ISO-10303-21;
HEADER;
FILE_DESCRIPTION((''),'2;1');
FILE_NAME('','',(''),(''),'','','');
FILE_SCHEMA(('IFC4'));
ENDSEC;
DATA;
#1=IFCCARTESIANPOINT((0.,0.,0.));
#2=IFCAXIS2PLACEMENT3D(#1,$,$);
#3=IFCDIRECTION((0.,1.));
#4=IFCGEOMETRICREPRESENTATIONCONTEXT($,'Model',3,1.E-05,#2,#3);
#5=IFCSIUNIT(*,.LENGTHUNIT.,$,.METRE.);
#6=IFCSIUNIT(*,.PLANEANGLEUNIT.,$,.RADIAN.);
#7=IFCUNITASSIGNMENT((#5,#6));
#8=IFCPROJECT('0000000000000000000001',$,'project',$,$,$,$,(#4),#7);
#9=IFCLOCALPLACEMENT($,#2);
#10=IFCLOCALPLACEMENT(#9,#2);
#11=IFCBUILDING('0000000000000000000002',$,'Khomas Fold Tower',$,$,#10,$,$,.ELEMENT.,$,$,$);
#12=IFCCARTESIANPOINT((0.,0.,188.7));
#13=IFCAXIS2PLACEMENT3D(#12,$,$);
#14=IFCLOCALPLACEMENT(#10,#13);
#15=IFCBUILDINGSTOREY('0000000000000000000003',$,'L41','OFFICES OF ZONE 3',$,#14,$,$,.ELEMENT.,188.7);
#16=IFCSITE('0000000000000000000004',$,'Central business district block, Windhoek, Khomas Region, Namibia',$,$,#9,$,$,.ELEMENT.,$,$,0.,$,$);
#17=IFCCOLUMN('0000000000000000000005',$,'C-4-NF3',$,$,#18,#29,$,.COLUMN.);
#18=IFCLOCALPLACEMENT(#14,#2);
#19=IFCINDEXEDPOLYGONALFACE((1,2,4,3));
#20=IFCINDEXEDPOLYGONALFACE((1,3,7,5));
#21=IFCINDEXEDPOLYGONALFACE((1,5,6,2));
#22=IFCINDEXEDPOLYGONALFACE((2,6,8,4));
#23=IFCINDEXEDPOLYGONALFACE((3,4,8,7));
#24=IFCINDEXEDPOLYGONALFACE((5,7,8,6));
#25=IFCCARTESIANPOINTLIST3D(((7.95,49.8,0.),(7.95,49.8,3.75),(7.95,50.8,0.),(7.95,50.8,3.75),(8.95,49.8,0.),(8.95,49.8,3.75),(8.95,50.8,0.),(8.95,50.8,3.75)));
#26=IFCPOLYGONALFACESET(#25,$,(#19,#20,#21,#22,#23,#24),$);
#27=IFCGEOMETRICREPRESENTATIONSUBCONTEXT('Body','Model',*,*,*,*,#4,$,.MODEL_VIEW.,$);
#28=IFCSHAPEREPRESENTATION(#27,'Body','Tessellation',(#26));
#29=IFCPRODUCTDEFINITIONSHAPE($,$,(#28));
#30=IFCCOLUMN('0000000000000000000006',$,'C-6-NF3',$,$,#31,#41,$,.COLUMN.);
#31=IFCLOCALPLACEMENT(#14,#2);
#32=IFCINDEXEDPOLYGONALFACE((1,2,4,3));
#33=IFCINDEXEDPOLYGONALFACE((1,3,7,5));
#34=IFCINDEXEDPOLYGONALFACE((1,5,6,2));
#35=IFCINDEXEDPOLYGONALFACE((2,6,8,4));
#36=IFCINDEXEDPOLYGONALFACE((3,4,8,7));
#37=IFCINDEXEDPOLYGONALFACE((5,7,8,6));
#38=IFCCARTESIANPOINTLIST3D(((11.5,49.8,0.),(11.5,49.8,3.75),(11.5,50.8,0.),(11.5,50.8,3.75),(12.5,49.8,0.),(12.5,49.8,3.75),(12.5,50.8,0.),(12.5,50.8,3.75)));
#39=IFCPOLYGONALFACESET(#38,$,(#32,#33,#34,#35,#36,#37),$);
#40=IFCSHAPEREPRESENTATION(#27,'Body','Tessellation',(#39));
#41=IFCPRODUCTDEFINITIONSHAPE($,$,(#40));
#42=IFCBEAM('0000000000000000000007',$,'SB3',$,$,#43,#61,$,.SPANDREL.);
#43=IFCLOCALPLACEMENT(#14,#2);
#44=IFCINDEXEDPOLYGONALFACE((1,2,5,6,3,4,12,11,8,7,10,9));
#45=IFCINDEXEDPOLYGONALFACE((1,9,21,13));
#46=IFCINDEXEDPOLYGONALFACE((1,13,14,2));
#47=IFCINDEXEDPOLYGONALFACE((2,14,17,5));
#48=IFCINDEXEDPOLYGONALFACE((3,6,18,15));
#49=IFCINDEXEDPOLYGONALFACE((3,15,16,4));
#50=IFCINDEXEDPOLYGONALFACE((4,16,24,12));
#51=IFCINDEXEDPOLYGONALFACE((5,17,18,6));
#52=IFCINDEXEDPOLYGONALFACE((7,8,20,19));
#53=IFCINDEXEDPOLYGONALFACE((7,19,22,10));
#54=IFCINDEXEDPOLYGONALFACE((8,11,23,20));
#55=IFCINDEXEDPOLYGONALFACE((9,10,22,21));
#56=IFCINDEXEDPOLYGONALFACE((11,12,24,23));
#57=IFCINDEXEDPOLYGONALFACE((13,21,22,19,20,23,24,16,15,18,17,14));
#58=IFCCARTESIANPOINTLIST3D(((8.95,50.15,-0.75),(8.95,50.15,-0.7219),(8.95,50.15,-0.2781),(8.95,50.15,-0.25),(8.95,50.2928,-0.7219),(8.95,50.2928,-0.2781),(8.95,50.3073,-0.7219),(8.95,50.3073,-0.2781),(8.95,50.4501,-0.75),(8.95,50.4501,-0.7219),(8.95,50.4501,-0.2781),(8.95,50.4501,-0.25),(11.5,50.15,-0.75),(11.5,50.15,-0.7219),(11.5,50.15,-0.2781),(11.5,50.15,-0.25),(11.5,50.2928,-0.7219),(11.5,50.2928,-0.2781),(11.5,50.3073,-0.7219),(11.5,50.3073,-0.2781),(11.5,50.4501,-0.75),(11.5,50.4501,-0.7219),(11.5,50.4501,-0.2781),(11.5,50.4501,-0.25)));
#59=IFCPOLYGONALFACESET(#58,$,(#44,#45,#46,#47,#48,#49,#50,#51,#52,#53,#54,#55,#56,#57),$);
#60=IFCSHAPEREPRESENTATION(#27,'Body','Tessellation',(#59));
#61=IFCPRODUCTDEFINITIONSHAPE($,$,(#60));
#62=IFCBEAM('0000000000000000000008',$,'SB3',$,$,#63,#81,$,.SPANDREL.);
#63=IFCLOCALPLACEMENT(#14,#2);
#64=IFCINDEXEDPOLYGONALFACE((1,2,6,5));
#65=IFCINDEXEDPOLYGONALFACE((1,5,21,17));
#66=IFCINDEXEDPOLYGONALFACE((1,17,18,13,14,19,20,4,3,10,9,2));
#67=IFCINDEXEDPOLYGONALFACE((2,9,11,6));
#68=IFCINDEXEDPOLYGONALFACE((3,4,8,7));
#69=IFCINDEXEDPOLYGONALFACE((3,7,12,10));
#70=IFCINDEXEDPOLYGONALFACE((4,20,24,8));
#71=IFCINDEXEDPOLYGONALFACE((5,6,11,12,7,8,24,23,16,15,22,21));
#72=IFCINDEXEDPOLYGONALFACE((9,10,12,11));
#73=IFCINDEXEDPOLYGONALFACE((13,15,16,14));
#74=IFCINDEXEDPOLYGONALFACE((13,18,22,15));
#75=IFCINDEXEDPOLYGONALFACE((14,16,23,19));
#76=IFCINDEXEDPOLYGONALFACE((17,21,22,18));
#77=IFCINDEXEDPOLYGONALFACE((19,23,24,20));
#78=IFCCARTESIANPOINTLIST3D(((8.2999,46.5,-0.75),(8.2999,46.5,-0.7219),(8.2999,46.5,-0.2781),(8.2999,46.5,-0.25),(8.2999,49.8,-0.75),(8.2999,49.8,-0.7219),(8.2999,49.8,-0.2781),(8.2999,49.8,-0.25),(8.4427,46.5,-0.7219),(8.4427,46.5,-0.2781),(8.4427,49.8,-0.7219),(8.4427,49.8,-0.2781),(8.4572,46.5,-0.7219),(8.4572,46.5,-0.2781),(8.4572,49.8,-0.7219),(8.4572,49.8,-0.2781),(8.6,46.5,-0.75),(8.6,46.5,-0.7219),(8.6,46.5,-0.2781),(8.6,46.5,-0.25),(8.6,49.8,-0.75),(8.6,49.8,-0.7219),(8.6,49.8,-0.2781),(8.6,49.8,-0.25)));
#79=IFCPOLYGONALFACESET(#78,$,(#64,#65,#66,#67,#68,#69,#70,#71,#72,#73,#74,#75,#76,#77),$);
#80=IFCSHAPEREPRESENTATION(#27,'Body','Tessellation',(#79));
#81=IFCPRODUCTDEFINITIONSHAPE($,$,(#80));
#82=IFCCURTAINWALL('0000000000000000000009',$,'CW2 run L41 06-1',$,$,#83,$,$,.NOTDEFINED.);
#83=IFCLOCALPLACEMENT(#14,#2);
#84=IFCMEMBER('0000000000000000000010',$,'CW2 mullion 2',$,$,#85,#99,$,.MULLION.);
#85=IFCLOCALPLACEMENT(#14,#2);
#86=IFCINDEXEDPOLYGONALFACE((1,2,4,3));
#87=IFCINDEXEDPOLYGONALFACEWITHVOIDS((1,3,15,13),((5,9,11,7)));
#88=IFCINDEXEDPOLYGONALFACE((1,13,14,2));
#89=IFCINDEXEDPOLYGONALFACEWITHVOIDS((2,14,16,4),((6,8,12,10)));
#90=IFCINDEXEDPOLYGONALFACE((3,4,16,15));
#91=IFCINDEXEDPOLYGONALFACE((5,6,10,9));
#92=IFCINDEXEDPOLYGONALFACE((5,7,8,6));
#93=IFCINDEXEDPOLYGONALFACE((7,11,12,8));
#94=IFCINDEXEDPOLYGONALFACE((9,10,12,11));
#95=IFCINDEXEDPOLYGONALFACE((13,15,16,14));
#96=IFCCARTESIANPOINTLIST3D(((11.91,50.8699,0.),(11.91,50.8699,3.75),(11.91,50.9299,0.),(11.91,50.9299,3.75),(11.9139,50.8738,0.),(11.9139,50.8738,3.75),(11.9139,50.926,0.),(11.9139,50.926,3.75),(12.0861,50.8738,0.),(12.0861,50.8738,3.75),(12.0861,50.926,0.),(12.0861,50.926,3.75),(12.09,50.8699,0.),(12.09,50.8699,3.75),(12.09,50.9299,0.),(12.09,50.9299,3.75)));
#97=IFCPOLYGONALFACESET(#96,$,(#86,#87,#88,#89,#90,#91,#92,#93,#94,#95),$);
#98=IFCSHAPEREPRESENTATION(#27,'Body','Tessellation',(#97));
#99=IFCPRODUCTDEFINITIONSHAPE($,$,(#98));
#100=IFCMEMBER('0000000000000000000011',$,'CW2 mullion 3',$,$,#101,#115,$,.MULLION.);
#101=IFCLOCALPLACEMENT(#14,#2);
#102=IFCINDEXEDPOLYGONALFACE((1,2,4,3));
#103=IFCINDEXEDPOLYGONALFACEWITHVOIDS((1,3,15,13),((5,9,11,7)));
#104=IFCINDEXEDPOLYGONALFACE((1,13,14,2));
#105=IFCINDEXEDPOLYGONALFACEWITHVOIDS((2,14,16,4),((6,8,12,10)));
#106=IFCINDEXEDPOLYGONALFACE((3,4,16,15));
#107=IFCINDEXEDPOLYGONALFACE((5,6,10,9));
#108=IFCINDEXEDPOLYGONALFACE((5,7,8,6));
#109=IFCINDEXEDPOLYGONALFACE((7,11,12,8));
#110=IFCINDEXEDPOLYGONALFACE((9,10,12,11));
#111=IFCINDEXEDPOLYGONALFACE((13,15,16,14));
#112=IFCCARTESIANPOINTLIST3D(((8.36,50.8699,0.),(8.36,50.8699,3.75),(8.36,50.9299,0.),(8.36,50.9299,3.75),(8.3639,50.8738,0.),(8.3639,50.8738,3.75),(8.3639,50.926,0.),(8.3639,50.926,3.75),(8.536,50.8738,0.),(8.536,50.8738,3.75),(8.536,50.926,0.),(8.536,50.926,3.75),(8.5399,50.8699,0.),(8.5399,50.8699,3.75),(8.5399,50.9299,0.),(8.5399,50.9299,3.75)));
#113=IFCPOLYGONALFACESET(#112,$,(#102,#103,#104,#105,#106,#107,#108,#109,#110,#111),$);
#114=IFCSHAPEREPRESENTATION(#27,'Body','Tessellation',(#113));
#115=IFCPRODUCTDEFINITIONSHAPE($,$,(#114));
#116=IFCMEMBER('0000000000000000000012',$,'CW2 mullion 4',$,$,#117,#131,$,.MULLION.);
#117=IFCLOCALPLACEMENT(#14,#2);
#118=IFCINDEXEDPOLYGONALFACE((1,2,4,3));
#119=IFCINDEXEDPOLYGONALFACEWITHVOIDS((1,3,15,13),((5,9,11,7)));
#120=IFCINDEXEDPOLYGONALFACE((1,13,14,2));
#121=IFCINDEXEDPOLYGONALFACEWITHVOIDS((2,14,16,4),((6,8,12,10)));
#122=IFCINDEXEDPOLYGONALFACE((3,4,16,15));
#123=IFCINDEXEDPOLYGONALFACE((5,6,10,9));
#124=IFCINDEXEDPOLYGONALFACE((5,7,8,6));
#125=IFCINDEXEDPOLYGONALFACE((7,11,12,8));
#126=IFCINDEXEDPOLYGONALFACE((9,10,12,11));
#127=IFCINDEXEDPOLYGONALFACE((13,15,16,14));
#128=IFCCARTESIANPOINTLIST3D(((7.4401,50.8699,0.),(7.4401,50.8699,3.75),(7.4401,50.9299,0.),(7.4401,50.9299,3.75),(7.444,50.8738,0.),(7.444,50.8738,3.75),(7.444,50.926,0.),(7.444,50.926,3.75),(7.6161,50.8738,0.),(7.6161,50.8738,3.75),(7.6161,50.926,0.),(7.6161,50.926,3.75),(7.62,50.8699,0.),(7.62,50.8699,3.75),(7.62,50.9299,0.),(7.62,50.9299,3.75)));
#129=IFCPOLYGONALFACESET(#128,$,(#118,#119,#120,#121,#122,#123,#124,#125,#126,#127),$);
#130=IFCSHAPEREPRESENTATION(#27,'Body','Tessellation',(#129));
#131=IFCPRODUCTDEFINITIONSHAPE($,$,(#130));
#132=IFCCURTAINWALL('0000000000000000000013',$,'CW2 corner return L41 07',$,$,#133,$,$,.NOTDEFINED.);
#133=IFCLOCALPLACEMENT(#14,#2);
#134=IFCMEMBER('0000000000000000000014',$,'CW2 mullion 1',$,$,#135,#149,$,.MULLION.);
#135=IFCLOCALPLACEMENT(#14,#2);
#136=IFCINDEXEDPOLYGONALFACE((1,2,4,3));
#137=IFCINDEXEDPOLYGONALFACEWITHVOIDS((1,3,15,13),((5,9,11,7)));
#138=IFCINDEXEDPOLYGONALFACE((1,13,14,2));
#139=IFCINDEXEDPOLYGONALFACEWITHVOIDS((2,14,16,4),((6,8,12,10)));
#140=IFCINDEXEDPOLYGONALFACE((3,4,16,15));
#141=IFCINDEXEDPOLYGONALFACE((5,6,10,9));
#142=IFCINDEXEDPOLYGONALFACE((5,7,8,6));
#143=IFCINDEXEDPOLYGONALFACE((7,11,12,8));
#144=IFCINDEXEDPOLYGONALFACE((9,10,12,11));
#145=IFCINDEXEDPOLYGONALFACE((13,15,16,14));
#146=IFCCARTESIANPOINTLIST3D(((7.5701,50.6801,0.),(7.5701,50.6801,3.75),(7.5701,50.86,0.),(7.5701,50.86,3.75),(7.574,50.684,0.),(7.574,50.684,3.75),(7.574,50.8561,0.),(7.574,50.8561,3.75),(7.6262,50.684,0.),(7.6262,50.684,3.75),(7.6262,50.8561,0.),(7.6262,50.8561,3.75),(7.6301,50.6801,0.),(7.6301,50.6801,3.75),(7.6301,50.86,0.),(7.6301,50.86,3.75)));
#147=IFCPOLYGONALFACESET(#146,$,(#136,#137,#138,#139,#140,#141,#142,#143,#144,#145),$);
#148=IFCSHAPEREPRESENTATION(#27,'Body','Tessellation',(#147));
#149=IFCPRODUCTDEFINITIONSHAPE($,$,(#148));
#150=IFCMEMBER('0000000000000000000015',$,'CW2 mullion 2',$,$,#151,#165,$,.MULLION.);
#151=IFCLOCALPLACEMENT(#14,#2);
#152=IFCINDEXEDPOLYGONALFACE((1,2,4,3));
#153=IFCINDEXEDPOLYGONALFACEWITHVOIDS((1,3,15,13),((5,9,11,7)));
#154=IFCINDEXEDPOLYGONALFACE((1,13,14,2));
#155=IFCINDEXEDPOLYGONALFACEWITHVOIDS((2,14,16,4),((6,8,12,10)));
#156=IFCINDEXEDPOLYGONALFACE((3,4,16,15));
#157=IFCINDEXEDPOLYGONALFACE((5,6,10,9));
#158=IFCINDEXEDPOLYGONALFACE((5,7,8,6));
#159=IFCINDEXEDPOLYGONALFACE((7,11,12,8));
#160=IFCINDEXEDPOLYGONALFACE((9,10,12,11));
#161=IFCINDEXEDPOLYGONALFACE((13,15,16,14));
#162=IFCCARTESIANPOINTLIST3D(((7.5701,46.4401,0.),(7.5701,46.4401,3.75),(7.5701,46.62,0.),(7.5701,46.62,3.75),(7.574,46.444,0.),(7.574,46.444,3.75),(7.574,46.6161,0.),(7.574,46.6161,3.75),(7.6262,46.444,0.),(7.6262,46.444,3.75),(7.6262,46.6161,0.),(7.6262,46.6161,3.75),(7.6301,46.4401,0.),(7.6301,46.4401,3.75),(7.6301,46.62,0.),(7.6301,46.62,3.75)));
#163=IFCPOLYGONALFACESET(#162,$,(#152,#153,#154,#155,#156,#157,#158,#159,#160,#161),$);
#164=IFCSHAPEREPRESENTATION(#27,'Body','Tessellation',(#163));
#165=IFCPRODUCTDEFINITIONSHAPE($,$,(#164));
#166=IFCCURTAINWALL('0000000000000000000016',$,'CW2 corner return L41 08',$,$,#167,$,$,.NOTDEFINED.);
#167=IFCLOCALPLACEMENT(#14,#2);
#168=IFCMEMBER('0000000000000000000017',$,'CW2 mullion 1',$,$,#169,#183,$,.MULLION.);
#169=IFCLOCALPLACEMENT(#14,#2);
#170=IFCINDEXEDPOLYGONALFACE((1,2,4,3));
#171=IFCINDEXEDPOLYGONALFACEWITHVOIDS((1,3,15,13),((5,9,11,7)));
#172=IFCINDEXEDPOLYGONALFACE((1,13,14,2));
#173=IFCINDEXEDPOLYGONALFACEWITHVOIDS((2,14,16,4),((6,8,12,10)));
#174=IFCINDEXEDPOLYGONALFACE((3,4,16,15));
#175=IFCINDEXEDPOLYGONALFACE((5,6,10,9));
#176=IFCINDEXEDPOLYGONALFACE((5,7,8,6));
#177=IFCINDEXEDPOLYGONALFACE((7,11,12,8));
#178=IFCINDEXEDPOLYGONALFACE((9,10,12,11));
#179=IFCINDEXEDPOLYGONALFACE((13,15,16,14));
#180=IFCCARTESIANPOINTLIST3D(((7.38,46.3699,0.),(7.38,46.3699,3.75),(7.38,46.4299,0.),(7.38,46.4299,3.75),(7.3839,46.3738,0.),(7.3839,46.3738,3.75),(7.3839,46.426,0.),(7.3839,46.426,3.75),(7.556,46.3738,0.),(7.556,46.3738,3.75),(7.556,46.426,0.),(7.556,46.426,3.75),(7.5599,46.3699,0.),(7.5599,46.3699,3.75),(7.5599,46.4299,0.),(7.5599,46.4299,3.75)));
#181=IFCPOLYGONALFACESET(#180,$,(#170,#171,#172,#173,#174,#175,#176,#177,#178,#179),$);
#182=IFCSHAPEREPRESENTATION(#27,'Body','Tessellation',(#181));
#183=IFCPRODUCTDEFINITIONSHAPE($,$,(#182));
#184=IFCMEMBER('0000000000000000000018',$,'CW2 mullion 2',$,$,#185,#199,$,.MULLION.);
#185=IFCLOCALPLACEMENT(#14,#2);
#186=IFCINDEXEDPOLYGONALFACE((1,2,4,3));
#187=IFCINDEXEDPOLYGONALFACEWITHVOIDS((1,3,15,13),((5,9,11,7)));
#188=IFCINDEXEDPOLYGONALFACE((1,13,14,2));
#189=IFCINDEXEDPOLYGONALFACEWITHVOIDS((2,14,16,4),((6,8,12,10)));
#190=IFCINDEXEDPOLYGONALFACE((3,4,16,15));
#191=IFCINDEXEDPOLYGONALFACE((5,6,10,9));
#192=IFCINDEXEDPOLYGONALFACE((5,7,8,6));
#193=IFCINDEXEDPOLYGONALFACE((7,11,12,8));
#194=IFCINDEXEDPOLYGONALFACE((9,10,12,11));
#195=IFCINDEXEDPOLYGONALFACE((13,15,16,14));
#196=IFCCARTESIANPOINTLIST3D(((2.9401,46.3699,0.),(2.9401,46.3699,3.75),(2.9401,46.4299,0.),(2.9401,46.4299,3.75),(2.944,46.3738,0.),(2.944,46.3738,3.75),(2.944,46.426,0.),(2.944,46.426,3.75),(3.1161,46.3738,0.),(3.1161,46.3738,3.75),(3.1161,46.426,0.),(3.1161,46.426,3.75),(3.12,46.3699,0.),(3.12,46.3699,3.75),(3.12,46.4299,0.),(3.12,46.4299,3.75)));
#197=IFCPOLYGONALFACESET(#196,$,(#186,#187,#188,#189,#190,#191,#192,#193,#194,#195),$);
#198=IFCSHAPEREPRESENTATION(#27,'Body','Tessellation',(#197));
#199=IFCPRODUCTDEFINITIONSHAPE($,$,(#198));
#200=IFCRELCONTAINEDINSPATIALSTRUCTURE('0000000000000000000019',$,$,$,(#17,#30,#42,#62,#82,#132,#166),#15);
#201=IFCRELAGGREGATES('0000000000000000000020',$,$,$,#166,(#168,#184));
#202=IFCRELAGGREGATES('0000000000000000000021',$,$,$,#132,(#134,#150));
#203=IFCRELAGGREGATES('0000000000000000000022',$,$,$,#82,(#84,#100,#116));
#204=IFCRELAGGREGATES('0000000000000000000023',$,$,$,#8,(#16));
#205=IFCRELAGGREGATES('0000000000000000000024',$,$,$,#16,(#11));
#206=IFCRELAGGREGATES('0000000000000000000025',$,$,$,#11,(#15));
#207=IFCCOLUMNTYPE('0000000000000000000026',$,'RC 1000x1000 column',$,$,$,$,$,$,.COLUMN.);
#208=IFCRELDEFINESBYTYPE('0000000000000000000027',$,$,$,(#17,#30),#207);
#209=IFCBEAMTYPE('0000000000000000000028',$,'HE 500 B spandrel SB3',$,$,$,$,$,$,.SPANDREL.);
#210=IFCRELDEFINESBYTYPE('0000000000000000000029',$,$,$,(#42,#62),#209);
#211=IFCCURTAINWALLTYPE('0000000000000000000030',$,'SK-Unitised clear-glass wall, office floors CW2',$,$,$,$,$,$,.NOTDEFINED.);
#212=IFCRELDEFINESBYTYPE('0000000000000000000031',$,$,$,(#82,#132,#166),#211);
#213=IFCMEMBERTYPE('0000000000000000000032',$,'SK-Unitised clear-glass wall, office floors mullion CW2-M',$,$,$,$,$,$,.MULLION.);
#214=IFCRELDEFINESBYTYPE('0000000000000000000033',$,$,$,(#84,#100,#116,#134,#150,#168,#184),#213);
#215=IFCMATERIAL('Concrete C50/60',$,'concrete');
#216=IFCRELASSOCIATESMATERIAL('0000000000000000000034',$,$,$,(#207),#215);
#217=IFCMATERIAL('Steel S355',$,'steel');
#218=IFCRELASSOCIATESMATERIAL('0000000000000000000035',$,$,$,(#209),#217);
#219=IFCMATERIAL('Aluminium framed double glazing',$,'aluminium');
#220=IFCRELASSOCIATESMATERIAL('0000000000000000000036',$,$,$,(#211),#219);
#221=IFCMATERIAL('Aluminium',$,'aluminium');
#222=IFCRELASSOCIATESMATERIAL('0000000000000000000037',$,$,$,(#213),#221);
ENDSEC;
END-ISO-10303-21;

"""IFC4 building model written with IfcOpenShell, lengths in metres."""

from ifc_helpers import new_model, si_unit, direction, frame, origin, origin_2d, place, context, subcontext, project, spatial, rectangle, hollow_rectangle, i_section, extrude, source, transform, mapped, material, material_profile, profile_set, type_object, element, aggregate, save


model = new_model("IFC4")

# Units and contexts
model_context = context("Model", 3, precision=1e-05, world=origin(), true_north=direction((0.0, 1.0)))
body_context = subcontext(model_context, "Body", "Model", "MODEL_VIEW")
ifc_project = project(units=[si_unit("LENGTHUNIT", "METRE"), si_unit("PLANEANGLEUNIT", "RADIAN")], contexts=[model_context])

# Site, building, storey
site_placement = place(None, origin())
site = spatial("IfcSite", under=ifc_project, at=site_placement, Name="Central business district block, Windhoek, Khomas Region, Namibia", CompositionType="ELEMENT", RefElevation=0.0)
building_placement = place(site_placement, origin())
building = spatial("IfcBuilding", under=site, at=building_placement, Name="Khomas Fold Tower", CompositionType="ELEMENT")
storey_placement = place(building_placement, frame((0.0, 0.0, 188.7)))
storey = spatial("IfcBuildingStorey", under=building, at=storey_placement, Name="L41", Description="OFFICES OF ZONE 3", CompositionType="ELEMENT", Elevation=188.7)

# Columns
ifc_material_1 = material(Name="Concrete C50/60", Category="concrete")
ifc_material_profile_1 = material_profile(ifc_material_1, rectangle(XDim=1.0, YDim=1.0, at=origin_2d()), Name="RC 1000x1000")
ifc_profile_set_1 = profile_set([ifc_material_profile_1], Name="Concrete C50/60")
column_type = type_object("IfcColumnType", Name="RC 1000x1000 column", PredefinedType="COLUMN", material=ifc_profile_set_1)
shared_shape_1 = source(origin(), body_context, "Body", "SweptSolid", [
    extrude(rectangle(XDim=1.0, YDim=1.0, at=origin_2d()), origin(), (0.0, 0.0, 1.0), 3.75),
])
for number, where, z_axis, x_axis, name in (
    (1, (8.45, 50.3, 0.0), (0.0, 0.0, 1.0), (1.0, 0.0, 0.0), "C-4-NF3"),
    (2, (12.0, 50.3, 0.0), (0.0, 0.0, 1.0), (1.0, 0.0, 0.0), "C-6-NF3"),
):
    element("IfcColumn", number, at=place(storey_placement, frame(where, z_axis=z_axis, x_axis=x_axis)), inside=storey, type_object=column_type, Name=name, PredefinedType="COLUMN", context=body_context, shape_type="MappedRepresentation", body=[
        mapped(shared_shape_1, transform((0.0, 0.0, 0.0))),
    ])

# Beams
ifc_material_2 = material(Name="Steel S355", Category="steel")
ifc_material_profile_2 = material_profile(ifc_material_2, i_section(OverallWidth=0.3, OverallDepth=0.5, WebThickness=0.0144, FlangeThickness=0.0281, at=origin_2d()), Name="HE 500 B")
ifc_profile_set_2 = profile_set([ifc_material_profile_2], Name="Steel S355")
beam_type = type_object("IfcBeamType", Name="HE 500 B spandrel SB3", PredefinedType="SPANDREL", material=ifc_profile_set_2)
shared_shape_2 = source(origin(), body_context, "Body", "SweptSolid", [
    extrude(i_section(OverallWidth=0.3, OverallDepth=0.5, WebThickness=0.0144, FlangeThickness=0.0281, at=origin_2d()), origin(), (0.0, 0.0, 1.0), 2.55),
])
beam_1_placement = place(storey_placement, frame((8.95, 50.3, -0.5), z_axis=(1.0, 0.0, 0.0), x_axis=(0.0, 1.0, 0.0)))
element("IfcBeam", 3, at=beam_1_placement, inside=storey, type_object=beam_type, Name="SB3", PredefinedType="SPANDREL", context=body_context, shape_type="MappedRepresentation", body=[
    mapped(shared_shape_2, transform((0.0, 0.0, 0.0))),
])
shared_shape_3 = source(origin(), body_context, "Body", "SweptSolid", [
    extrude(i_section(OverallWidth=0.3, OverallDepth=0.5, WebThickness=0.0144, FlangeThickness=0.0281, at=origin_2d()), origin(), (0.0, 0.0, 1.0), 3.3),
])
beam_2_placement = place(storey_placement, frame((8.45, 46.5, -0.5), z_axis=(0.0, 1.0, 0.0), x_axis=(-1.0, 0.0, 0.0)))
element("IfcBeam", 4, at=beam_2_placement, inside=storey, type_object=beam_type, Name="SB3", PredefinedType="SPANDREL", context=body_context, shape_type="MappedRepresentation", body=[
    mapped(shared_shape_3, transform((0.0, 0.0, 0.0))),
])

# Curtain walls, members
ifc_material_3 = material(Name="Aluminium framed double glazing", Category="aluminium")
curtain_wall_type = type_object("IfcCurtainWallType", Name="SK-Unitised clear-glass wall, office floors CW2", PredefinedType="NOTDEFINED", material=ifc_material_3)
curtain_wall_1_placement = place(storey_placement, origin())
curtain_wall_1 = element("IfcCurtainWall", 5, at=curtain_wall_1_placement, inside=storey, type_object=curtain_wall_type, Name="CW2 run L41 06-1", PredefinedType="NOTDEFINED")
ifc_material_4 = material(Name="Aluminium", Category="aluminium")
ifc_material_profile_3 = material_profile(ifc_material_4, hollow_rectangle(XDim=0.0601, YDim=0.1799, WallThickness=0.0039, at=origin_2d()), Name="SK-Unitised clear-glass wall, office floors mullion CW2-M")
ifc_profile_set_3 = profile_set([ifc_material_profile_3], Name="Aluminium")
member_type_1 = type_object("IfcMemberType", Name="SK-Unitised clear-glass wall, office floors mullion CW2-M", PredefinedType="MULLION", material=ifc_profile_set_3)
shared_shape_4 = source(origin(), body_context, "Body", "SweptSolid", [
    extrude(hollow_rectangle(XDim=0.0601, YDim=0.1799, WallThickness=0.0039, at=origin_2d()), origin(), (0.0, 0.0, 1.0), 3.75),
])
member_1_placement = place(storey_placement, frame((12.0, 50.8999, 0.0), z_axis=(0.0, 0.0, 1.0), x_axis=(0.0, -1.0, 0.0)))
member_1 = element("IfcMember", 6, at=member_1_placement, type_object=member_type_1, Name="CW2 mullion 2", PredefinedType="MULLION", context=body_context, shape_type="MappedRepresentation", body=[
    mapped(shared_shape_4, transform((0.0, 0.0, 0.0))),
])
member_2_placement = place(storey_placement, frame((8.45, 50.8999, 0.0), z_axis=(0.0, 0.0, 1.0), x_axis=(0.0, -1.0, 0.0)))
member_2 = element("IfcMember", 7, at=member_2_placement, type_object=member_type_1, Name="CW2 mullion 3", PredefinedType="MULLION", context=body_context, shape_type="MappedRepresentation", body=[
    mapped(shared_shape_4, transform((0.0, 0.0, 0.0))),
])
member_3_placement = place(storey_placement, frame((7.53, 50.8999, 0.0), z_axis=(0.0, 0.0, 1.0), x_axis=(0.0, -1.0, 0.0)))
member_3 = element("IfcMember", 8, at=member_3_placement, type_object=member_type_1, Name="CW2 mullion 4", PredefinedType="MULLION", context=body_context, shape_type="MappedRepresentation", body=[
    mapped(shared_shape_4, transform((0.0, 0.0, 0.0))),
])
curtain_wall_2_placement = place(storey_placement, origin())
curtain_wall_2 = element("IfcCurtainWall", 9, at=curtain_wall_2_placement, inside=storey, type_object=curtain_wall_type, Name="CW2 corner return L41 07", PredefinedType="NOTDEFINED")
member_4_placement = place(storey_placement, frame((7.6001, 50.77, 0.0), z_axis=(0.0, 0.0, 1.0), x_axis=(1.0, 0.0, 0.0)))
member_4 = element("IfcMember", 10, at=member_4_placement, type_object=member_type_1, Name="CW2 mullion 1", PredefinedType="MULLION", context=body_context, shape_type="MappedRepresentation", body=[
    mapped(shared_shape_4, transform((0.0, 0.0, 0.0))),
])
member_5_placement = place(storey_placement, frame((7.6001, 46.53, 0.0), z_axis=(0.0, 0.0, 1.0), x_axis=(1.0, 0.0, 0.0)))
member_5 = element("IfcMember", 11, at=member_5_placement, type_object=member_type_1, Name="CW2 mullion 2", PredefinedType="MULLION", context=body_context, shape_type="MappedRepresentation", body=[
    mapped(shared_shape_4, transform((0.0, 0.0, 0.0))),
])
curtain_wall_3_placement = place(storey_placement, origin())
curtain_wall_3 = element("IfcCurtainWall", 12, at=curtain_wall_3_placement, inside=storey, type_object=curtain_wall_type, Name="CW2 corner return L41 08", PredefinedType="NOTDEFINED")
member_6_placement = place(storey_placement, frame((7.47, 46.3999, 0.0), z_axis=(0.0, 0.0, 1.0), x_axis=(0.0, -1.0, 0.0)))
member_6 = element("IfcMember", 13, at=member_6_placement, type_object=member_type_1, Name="CW2 mullion 1", PredefinedType="MULLION", context=body_context, shape_type="MappedRepresentation", body=[
    mapped(shared_shape_4, transform((0.0, 0.0, 0.0))),
])
member_7_placement = place(storey_placement, frame((3.03, 46.3999, 0.0), z_axis=(0.0, 0.0, 1.0), x_axis=(0.0, -1.0, 0.0)))
member_7 = element("IfcMember", 14, at=member_7_placement, type_object=member_type_1, Name="CW2 mullion 2", PredefinedType="MULLION", context=body_context, shape_type="MappedRepresentation", body=[
    mapped(shared_shape_4, transform((0.0, 0.0, 0.0))),
])

aggregate(curtain_wall_3, [member_6, member_7])
aggregate(curtain_wall_2, [member_4, member_5])
aggregate(curtain_wall_1, [member_1, member_2, member_3])

save(model, "model.ifc")
